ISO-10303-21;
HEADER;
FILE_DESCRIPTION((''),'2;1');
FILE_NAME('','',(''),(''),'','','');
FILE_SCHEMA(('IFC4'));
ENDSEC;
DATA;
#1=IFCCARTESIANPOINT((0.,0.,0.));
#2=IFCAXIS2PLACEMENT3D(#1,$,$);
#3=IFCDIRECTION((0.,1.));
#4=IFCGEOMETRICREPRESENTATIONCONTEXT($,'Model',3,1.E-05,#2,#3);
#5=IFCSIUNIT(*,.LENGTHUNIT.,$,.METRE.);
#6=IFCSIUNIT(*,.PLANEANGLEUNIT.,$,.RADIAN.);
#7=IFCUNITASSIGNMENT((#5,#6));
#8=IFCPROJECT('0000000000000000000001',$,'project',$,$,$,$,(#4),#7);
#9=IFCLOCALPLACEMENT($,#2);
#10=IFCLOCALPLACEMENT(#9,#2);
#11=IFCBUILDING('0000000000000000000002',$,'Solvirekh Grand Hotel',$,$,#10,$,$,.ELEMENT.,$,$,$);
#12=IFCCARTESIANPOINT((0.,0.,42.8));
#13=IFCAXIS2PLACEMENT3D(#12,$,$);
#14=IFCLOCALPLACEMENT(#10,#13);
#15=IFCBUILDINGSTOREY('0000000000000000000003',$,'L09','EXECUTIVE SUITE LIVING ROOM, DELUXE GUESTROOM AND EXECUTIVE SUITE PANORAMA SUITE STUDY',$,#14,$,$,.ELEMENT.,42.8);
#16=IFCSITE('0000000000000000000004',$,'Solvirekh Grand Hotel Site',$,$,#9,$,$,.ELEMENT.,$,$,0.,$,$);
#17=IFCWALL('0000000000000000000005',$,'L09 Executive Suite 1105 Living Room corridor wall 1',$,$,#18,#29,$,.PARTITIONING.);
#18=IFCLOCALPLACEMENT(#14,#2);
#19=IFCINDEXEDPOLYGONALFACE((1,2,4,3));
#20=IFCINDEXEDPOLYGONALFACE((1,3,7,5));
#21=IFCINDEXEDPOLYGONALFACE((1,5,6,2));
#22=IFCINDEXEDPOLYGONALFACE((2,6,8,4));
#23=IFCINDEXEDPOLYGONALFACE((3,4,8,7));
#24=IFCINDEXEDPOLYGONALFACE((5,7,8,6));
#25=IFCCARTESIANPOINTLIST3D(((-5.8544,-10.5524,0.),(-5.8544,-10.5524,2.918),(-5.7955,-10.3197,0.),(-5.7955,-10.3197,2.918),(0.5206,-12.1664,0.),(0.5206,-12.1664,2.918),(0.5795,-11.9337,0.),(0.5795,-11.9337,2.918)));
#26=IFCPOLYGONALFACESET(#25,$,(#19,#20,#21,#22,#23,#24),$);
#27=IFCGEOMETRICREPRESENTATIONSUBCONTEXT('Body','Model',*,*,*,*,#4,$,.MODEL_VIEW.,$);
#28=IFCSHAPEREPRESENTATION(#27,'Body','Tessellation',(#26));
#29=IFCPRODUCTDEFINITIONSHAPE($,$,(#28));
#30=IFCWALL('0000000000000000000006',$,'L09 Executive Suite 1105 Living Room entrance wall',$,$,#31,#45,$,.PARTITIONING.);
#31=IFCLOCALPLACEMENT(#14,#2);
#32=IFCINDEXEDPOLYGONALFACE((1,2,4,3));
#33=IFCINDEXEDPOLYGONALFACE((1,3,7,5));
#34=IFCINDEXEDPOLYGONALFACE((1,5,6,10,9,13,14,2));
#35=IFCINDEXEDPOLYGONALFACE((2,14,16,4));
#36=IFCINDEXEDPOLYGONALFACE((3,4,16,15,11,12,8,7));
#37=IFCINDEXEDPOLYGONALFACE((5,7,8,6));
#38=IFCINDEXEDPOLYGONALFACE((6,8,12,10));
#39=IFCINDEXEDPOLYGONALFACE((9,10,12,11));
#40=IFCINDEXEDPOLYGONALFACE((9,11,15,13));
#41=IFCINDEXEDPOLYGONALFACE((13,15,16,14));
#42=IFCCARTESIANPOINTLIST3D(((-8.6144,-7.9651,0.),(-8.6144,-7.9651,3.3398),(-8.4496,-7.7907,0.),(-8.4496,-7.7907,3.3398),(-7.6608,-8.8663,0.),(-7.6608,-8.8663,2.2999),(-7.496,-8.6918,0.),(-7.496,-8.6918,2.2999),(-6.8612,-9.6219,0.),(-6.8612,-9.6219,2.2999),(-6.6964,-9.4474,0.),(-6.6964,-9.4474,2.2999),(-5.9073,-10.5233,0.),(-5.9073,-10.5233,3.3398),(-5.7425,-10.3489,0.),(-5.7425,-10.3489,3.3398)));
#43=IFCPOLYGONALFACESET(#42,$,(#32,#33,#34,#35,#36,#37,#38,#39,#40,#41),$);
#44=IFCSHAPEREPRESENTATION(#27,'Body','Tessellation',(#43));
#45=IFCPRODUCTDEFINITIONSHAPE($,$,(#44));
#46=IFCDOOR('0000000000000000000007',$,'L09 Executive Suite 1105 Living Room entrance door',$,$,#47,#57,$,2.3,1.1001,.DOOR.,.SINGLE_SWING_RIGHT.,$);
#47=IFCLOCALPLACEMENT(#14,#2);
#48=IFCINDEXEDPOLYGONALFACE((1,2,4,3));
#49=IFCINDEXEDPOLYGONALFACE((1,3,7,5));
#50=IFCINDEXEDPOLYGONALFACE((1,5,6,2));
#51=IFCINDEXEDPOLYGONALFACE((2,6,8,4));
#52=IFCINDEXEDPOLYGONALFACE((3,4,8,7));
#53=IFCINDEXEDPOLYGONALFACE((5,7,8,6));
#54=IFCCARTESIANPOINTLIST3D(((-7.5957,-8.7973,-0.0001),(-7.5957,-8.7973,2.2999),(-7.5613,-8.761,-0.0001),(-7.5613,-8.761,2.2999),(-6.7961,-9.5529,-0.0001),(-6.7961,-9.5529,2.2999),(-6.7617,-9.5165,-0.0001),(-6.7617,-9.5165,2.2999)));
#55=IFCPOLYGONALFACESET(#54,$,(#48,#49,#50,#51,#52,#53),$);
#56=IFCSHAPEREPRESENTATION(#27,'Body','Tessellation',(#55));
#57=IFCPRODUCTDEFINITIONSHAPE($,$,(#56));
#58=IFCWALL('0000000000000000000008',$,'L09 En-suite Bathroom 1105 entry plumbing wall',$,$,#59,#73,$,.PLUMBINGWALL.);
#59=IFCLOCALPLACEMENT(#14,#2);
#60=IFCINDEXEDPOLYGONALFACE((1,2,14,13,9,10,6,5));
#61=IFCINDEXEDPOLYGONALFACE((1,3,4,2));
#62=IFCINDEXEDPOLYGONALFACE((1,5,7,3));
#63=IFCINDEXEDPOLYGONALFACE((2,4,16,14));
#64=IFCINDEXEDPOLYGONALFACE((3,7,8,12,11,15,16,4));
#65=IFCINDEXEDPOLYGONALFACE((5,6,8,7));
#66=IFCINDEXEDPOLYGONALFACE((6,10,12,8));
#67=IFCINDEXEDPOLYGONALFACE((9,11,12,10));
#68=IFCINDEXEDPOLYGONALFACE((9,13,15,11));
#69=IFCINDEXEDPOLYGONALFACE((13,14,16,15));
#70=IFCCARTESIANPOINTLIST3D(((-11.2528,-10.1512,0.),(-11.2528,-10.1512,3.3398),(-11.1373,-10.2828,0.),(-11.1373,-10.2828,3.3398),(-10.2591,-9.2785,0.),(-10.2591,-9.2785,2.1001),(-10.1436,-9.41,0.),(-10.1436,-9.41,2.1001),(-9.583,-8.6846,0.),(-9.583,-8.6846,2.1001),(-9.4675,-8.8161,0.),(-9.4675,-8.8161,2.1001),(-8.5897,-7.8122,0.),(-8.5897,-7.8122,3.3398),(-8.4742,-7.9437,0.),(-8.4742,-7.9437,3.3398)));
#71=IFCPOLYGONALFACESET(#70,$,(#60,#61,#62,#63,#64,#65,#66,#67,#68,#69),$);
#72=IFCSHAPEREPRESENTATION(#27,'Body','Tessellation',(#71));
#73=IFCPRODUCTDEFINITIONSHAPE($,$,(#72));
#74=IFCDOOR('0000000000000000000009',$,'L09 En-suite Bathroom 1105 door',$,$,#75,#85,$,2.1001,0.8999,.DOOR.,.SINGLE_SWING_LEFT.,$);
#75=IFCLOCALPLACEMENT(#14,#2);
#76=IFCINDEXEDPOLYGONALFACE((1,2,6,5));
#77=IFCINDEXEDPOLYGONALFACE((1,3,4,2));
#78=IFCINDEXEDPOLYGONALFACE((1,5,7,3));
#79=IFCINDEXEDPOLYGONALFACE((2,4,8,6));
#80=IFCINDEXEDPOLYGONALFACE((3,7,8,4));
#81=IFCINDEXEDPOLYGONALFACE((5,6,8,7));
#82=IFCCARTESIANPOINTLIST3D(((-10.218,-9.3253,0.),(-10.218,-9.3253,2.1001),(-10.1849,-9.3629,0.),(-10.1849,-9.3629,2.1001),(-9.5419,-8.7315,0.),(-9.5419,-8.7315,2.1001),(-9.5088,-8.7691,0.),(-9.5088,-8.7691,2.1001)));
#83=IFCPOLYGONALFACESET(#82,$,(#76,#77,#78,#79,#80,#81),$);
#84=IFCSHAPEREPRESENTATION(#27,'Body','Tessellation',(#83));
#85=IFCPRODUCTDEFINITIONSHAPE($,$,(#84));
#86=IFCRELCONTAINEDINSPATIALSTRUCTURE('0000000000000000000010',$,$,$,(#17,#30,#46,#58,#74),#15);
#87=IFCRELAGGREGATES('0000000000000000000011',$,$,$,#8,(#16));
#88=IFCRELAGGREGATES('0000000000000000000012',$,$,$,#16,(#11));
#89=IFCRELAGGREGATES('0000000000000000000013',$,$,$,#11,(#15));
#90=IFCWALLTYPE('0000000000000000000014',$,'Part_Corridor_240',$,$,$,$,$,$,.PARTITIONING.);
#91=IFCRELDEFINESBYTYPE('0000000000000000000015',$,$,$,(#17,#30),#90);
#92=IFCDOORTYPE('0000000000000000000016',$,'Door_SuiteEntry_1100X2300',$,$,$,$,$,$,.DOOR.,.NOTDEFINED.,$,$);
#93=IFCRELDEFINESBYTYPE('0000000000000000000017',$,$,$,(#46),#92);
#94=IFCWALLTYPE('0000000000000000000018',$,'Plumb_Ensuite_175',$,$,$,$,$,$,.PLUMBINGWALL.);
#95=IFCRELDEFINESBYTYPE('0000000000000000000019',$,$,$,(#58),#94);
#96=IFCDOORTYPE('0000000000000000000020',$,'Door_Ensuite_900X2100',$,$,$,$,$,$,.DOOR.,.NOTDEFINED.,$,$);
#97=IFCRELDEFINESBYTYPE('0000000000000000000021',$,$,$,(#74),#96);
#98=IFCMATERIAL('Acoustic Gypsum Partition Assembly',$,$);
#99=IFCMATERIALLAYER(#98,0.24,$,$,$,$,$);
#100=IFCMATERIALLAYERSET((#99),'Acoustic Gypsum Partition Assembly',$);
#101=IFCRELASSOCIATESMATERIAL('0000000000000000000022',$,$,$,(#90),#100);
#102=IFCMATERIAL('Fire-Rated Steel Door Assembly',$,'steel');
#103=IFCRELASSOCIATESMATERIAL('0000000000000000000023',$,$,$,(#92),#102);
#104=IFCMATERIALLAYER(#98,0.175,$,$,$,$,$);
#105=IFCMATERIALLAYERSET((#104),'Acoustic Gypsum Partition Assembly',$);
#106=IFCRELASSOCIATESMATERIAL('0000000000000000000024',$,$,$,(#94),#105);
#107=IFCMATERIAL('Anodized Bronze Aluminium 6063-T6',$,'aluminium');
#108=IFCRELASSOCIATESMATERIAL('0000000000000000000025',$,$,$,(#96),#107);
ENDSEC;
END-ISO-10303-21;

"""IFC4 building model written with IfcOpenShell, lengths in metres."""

from ifc_helpers import new_model, si_unit, direction, frame, frame_2d, origin, place, context, subcontext, project, spatial, rectangle, extrude, material, layer, layer_set, type_object, element, fill, save


model = new_model("IFC4")

# Units and contexts
model_context = context("Model", 3, precision=1e-05, world=origin(), true_north=direction((0.0, 1.0)))
body_context = subcontext(model_context, "Body", "Model", "MODEL_VIEW")
ifc_project = project(units=[si_unit("LENGTHUNIT", "METRE"), si_unit("PLANEANGLEUNIT", "RADIAN")], contexts=[model_context])

# Site, building, storey
site_placement = place(None, origin())
site = spatial("IfcSite", under=ifc_project, at=site_placement, Name="Solvirekh Grand Hotel Site", CompositionType="ELEMENT", RefElevation=0.0)
building_placement = place(site_placement, origin())
building = spatial("IfcBuilding", under=site, at=building_placement, Name="Solvirekh Grand Hotel", CompositionType="ELEMENT")
storey_placement = place(building_placement, frame((0.0, 0.0, 42.8)))
storey = spatial("IfcBuildingStorey", under=building, at=storey_placement, Name="L09", Description="EXECUTIVE SUITE LIVING ROOM, DELUXE GUESTROOM AND EXECUTIVE SUITE PANORAMA SUITE STUDY", CompositionType="ELEMENT", Elevation=42.8)

# Shared definitions
ifc_material_1 = material(Name="Anodized Bronze Aluminium 6063-T6", Category="aluminium")

# Wall
ifc_material_2 = material(Name="Acoustic Gypsum Partition Assembly")
ifc_layer_1 = layer(ifc_material_2, 0.24)
ifc_layer_set_1 = layer_set([ifc_layer_1], Name="Acoustic Gypsum Partition Assembly")
wall_type_1 = type_object("IfcWallType", Name="Part_Corridor_240", PredefinedType="PARTITIONING", material=ifc_layer_set_1)
wall_1_placement = place(storey_placement, frame((-5.825, -10.436, 0.0), z_axis=(0.0, 0.0, 1.0), x_axis=(0.969413, -0.245435, 0.0)))
element("IfcWall", 1, at=wall_1_placement, inside=storey, type_object=wall_type_1, Name="L09 Executive Suite 1105 Living Room corridor wall 1", PredefinedType="PARTITIONING", context=body_context, shape_type="SweptSolid", body=[
    extrude(rectangle(XDim=6.5762, YDim=0.24, at=frame_2d((3.2881, 0.0))), origin(), (0.0, 0.0, 1.0), 2.918),
])

# Walls, openings, doors
wall_2_placement = place(storey_placement, frame((-8.532, -7.8779, 0.0), z_axis=(0.0, 0.0, 1.0), x_axis=(0.726817, -0.686831, 0.0)))
wall_2 = element("IfcWall", 2, at=wall_2_placement, inside=storey, type_object=wall_type_1, Name="L09 Executive Suite 1105 Living Room entrance wall", PredefinedType="PARTITIONING", context=body_context, shape_type="SweptSolid", body=[
    extrude(rectangle(XDim=3.7246, YDim=0.24, at=frame_2d((1.8623, 0.0))), origin(), (0.0, 0.0, 1.0), 3.3398),
])
opening_1_placement = place(wall_2_placement, frame((1.312, 0.0, 0.0)))
opening_1 = element("IfcOpeningElement", 3, at=opening_1_placement, cuts=wall_2, PredefinedType="OPENING", context=body_context, shape_type="SweptSolid", body=[
    extrude(rectangle(XDim=1.1001, YDim=2.3, at=frame_2d((0.55, 1.1499))), frame((0.0, 0.1299, 0.0), z_axis=(0.0, -1.0, 0.0), x_axis=(1.0, 0.0, 0.0)), (0.0, 0.0, 1.0), 0.26),
])
ifc_material_3 = material(Name="Fire-Rated Steel Door Assembly", Category="steel")
door_type_1 = type_object("IfcDoorType", Name="Door_SuiteEntry_1100X2300", OperationType="NOTDEFINED", PredefinedType="DOOR", material=ifc_material_3)
door_1_placement = place(opening_1_placement, origin())
door_1 = element("IfcDoor", 4, at=door_1_placement, inside=storey, type_object=door_type_1, Name="L09 Executive Suite 1105 Living Room entrance door", OperationType="SINGLE_SWING_RIGHT", OverallHeight=2.3, OverallWidth=1.1001, PredefinedType="DOOR", context=body_context, shape_type="SweptSolid", body=[
    extrude(rectangle(XDim=1.1001, YDim=2.3, at=frame_2d((0.55, 1.1499))), frame((0.0, 0.0249, 0.0), z_axis=(0.0, -1.0, 0.0), x_axis=(1.0, 0.0, 0.0)), (0.0, 0.0, 1.0), 0.05),
])
fill(opening_1, door_1)
ifc_layer_2 = layer(ifc_material_2, 0.175)
ifc_layer_set_2 = layer_set([ifc_layer_2], Name="Acoustic Gypsum Partition Assembly")
wall_type_2 = type_object("IfcWallType", Name="Plumb_Ensuite_175", PredefinedType="PLUMBINGWALL", material=ifc_layer_set_2)
wall_3_placement = place(storey_placement, frame((-8.532, -7.8779, 0.0), z_axis=(0.0, 0.0, 1.0), x_axis=(-0.751329, -0.659927, 0.0)))
wall_3 = element("IfcWall", 5, at=wall_3_placement, inside=storey, type_object=wall_type_2, Name="L09 En-suite Bathroom 1105 entry plumbing wall", PredefinedType="PLUMBINGWALL", context=body_context, shape_type="SweptSolid", body=[
    extrude(rectangle(XDim=3.5444, YDim=0.175, at=frame_2d((1.7722, 0.0))), origin(), (0.0, 0.0, 1.0), 3.3398),
])
opening_2_placement = place(wall_3_placement, frame((1.322, 0.0, 0.0)))
opening_2 = element("IfcOpeningElement", 6, at=opening_2_placement, cuts=wall_3, PredefinedType="OPENING", context=body_context, shape_type="SweptSolid", body=[
    extrude(rectangle(XDim=0.8999, YDim=2.1001, at=frame_2d((0.45, 1.05))), frame((0.0, 0.0977, 0.0), z_axis=(0.0, -1.0, 0.0), x_axis=(1.0, 0.0, 0.0)), (0.0, 0.0, 1.0), 0.1951),
])
door_type_2 = type_object("IfcDoorType", Name="Door_Ensuite_900X2100", OperationType="NOTDEFINED", PredefinedType="DOOR", material=ifc_material_1)
door_2_placement = place(opening_2_placement, origin())
door_2 = element("IfcDoor", 7, at=door_2_placement, inside=storey, type_object=door_type_2, Name="L09 En-suite Bathroom 1105 door", OperationType="SINGLE_SWING_LEFT", OverallHeight=2.1001, OverallWidth=0.8999, PredefinedType="DOOR", context=body_context, shape_type="SweptSolid", body=[
    extrude(rectangle(XDim=0.8999, YDim=2.1001, at=frame_2d((0.45, 1.05))), frame((0.0, 0.0249, 0.0), z_axis=(0.0, -1.0, 0.0), x_axis=(1.0, 0.0, 0.0)), (0.0, 0.0, 1.0), 0.05),
])
fill(opening_2, door_2)

save(model, "model.ifc")
